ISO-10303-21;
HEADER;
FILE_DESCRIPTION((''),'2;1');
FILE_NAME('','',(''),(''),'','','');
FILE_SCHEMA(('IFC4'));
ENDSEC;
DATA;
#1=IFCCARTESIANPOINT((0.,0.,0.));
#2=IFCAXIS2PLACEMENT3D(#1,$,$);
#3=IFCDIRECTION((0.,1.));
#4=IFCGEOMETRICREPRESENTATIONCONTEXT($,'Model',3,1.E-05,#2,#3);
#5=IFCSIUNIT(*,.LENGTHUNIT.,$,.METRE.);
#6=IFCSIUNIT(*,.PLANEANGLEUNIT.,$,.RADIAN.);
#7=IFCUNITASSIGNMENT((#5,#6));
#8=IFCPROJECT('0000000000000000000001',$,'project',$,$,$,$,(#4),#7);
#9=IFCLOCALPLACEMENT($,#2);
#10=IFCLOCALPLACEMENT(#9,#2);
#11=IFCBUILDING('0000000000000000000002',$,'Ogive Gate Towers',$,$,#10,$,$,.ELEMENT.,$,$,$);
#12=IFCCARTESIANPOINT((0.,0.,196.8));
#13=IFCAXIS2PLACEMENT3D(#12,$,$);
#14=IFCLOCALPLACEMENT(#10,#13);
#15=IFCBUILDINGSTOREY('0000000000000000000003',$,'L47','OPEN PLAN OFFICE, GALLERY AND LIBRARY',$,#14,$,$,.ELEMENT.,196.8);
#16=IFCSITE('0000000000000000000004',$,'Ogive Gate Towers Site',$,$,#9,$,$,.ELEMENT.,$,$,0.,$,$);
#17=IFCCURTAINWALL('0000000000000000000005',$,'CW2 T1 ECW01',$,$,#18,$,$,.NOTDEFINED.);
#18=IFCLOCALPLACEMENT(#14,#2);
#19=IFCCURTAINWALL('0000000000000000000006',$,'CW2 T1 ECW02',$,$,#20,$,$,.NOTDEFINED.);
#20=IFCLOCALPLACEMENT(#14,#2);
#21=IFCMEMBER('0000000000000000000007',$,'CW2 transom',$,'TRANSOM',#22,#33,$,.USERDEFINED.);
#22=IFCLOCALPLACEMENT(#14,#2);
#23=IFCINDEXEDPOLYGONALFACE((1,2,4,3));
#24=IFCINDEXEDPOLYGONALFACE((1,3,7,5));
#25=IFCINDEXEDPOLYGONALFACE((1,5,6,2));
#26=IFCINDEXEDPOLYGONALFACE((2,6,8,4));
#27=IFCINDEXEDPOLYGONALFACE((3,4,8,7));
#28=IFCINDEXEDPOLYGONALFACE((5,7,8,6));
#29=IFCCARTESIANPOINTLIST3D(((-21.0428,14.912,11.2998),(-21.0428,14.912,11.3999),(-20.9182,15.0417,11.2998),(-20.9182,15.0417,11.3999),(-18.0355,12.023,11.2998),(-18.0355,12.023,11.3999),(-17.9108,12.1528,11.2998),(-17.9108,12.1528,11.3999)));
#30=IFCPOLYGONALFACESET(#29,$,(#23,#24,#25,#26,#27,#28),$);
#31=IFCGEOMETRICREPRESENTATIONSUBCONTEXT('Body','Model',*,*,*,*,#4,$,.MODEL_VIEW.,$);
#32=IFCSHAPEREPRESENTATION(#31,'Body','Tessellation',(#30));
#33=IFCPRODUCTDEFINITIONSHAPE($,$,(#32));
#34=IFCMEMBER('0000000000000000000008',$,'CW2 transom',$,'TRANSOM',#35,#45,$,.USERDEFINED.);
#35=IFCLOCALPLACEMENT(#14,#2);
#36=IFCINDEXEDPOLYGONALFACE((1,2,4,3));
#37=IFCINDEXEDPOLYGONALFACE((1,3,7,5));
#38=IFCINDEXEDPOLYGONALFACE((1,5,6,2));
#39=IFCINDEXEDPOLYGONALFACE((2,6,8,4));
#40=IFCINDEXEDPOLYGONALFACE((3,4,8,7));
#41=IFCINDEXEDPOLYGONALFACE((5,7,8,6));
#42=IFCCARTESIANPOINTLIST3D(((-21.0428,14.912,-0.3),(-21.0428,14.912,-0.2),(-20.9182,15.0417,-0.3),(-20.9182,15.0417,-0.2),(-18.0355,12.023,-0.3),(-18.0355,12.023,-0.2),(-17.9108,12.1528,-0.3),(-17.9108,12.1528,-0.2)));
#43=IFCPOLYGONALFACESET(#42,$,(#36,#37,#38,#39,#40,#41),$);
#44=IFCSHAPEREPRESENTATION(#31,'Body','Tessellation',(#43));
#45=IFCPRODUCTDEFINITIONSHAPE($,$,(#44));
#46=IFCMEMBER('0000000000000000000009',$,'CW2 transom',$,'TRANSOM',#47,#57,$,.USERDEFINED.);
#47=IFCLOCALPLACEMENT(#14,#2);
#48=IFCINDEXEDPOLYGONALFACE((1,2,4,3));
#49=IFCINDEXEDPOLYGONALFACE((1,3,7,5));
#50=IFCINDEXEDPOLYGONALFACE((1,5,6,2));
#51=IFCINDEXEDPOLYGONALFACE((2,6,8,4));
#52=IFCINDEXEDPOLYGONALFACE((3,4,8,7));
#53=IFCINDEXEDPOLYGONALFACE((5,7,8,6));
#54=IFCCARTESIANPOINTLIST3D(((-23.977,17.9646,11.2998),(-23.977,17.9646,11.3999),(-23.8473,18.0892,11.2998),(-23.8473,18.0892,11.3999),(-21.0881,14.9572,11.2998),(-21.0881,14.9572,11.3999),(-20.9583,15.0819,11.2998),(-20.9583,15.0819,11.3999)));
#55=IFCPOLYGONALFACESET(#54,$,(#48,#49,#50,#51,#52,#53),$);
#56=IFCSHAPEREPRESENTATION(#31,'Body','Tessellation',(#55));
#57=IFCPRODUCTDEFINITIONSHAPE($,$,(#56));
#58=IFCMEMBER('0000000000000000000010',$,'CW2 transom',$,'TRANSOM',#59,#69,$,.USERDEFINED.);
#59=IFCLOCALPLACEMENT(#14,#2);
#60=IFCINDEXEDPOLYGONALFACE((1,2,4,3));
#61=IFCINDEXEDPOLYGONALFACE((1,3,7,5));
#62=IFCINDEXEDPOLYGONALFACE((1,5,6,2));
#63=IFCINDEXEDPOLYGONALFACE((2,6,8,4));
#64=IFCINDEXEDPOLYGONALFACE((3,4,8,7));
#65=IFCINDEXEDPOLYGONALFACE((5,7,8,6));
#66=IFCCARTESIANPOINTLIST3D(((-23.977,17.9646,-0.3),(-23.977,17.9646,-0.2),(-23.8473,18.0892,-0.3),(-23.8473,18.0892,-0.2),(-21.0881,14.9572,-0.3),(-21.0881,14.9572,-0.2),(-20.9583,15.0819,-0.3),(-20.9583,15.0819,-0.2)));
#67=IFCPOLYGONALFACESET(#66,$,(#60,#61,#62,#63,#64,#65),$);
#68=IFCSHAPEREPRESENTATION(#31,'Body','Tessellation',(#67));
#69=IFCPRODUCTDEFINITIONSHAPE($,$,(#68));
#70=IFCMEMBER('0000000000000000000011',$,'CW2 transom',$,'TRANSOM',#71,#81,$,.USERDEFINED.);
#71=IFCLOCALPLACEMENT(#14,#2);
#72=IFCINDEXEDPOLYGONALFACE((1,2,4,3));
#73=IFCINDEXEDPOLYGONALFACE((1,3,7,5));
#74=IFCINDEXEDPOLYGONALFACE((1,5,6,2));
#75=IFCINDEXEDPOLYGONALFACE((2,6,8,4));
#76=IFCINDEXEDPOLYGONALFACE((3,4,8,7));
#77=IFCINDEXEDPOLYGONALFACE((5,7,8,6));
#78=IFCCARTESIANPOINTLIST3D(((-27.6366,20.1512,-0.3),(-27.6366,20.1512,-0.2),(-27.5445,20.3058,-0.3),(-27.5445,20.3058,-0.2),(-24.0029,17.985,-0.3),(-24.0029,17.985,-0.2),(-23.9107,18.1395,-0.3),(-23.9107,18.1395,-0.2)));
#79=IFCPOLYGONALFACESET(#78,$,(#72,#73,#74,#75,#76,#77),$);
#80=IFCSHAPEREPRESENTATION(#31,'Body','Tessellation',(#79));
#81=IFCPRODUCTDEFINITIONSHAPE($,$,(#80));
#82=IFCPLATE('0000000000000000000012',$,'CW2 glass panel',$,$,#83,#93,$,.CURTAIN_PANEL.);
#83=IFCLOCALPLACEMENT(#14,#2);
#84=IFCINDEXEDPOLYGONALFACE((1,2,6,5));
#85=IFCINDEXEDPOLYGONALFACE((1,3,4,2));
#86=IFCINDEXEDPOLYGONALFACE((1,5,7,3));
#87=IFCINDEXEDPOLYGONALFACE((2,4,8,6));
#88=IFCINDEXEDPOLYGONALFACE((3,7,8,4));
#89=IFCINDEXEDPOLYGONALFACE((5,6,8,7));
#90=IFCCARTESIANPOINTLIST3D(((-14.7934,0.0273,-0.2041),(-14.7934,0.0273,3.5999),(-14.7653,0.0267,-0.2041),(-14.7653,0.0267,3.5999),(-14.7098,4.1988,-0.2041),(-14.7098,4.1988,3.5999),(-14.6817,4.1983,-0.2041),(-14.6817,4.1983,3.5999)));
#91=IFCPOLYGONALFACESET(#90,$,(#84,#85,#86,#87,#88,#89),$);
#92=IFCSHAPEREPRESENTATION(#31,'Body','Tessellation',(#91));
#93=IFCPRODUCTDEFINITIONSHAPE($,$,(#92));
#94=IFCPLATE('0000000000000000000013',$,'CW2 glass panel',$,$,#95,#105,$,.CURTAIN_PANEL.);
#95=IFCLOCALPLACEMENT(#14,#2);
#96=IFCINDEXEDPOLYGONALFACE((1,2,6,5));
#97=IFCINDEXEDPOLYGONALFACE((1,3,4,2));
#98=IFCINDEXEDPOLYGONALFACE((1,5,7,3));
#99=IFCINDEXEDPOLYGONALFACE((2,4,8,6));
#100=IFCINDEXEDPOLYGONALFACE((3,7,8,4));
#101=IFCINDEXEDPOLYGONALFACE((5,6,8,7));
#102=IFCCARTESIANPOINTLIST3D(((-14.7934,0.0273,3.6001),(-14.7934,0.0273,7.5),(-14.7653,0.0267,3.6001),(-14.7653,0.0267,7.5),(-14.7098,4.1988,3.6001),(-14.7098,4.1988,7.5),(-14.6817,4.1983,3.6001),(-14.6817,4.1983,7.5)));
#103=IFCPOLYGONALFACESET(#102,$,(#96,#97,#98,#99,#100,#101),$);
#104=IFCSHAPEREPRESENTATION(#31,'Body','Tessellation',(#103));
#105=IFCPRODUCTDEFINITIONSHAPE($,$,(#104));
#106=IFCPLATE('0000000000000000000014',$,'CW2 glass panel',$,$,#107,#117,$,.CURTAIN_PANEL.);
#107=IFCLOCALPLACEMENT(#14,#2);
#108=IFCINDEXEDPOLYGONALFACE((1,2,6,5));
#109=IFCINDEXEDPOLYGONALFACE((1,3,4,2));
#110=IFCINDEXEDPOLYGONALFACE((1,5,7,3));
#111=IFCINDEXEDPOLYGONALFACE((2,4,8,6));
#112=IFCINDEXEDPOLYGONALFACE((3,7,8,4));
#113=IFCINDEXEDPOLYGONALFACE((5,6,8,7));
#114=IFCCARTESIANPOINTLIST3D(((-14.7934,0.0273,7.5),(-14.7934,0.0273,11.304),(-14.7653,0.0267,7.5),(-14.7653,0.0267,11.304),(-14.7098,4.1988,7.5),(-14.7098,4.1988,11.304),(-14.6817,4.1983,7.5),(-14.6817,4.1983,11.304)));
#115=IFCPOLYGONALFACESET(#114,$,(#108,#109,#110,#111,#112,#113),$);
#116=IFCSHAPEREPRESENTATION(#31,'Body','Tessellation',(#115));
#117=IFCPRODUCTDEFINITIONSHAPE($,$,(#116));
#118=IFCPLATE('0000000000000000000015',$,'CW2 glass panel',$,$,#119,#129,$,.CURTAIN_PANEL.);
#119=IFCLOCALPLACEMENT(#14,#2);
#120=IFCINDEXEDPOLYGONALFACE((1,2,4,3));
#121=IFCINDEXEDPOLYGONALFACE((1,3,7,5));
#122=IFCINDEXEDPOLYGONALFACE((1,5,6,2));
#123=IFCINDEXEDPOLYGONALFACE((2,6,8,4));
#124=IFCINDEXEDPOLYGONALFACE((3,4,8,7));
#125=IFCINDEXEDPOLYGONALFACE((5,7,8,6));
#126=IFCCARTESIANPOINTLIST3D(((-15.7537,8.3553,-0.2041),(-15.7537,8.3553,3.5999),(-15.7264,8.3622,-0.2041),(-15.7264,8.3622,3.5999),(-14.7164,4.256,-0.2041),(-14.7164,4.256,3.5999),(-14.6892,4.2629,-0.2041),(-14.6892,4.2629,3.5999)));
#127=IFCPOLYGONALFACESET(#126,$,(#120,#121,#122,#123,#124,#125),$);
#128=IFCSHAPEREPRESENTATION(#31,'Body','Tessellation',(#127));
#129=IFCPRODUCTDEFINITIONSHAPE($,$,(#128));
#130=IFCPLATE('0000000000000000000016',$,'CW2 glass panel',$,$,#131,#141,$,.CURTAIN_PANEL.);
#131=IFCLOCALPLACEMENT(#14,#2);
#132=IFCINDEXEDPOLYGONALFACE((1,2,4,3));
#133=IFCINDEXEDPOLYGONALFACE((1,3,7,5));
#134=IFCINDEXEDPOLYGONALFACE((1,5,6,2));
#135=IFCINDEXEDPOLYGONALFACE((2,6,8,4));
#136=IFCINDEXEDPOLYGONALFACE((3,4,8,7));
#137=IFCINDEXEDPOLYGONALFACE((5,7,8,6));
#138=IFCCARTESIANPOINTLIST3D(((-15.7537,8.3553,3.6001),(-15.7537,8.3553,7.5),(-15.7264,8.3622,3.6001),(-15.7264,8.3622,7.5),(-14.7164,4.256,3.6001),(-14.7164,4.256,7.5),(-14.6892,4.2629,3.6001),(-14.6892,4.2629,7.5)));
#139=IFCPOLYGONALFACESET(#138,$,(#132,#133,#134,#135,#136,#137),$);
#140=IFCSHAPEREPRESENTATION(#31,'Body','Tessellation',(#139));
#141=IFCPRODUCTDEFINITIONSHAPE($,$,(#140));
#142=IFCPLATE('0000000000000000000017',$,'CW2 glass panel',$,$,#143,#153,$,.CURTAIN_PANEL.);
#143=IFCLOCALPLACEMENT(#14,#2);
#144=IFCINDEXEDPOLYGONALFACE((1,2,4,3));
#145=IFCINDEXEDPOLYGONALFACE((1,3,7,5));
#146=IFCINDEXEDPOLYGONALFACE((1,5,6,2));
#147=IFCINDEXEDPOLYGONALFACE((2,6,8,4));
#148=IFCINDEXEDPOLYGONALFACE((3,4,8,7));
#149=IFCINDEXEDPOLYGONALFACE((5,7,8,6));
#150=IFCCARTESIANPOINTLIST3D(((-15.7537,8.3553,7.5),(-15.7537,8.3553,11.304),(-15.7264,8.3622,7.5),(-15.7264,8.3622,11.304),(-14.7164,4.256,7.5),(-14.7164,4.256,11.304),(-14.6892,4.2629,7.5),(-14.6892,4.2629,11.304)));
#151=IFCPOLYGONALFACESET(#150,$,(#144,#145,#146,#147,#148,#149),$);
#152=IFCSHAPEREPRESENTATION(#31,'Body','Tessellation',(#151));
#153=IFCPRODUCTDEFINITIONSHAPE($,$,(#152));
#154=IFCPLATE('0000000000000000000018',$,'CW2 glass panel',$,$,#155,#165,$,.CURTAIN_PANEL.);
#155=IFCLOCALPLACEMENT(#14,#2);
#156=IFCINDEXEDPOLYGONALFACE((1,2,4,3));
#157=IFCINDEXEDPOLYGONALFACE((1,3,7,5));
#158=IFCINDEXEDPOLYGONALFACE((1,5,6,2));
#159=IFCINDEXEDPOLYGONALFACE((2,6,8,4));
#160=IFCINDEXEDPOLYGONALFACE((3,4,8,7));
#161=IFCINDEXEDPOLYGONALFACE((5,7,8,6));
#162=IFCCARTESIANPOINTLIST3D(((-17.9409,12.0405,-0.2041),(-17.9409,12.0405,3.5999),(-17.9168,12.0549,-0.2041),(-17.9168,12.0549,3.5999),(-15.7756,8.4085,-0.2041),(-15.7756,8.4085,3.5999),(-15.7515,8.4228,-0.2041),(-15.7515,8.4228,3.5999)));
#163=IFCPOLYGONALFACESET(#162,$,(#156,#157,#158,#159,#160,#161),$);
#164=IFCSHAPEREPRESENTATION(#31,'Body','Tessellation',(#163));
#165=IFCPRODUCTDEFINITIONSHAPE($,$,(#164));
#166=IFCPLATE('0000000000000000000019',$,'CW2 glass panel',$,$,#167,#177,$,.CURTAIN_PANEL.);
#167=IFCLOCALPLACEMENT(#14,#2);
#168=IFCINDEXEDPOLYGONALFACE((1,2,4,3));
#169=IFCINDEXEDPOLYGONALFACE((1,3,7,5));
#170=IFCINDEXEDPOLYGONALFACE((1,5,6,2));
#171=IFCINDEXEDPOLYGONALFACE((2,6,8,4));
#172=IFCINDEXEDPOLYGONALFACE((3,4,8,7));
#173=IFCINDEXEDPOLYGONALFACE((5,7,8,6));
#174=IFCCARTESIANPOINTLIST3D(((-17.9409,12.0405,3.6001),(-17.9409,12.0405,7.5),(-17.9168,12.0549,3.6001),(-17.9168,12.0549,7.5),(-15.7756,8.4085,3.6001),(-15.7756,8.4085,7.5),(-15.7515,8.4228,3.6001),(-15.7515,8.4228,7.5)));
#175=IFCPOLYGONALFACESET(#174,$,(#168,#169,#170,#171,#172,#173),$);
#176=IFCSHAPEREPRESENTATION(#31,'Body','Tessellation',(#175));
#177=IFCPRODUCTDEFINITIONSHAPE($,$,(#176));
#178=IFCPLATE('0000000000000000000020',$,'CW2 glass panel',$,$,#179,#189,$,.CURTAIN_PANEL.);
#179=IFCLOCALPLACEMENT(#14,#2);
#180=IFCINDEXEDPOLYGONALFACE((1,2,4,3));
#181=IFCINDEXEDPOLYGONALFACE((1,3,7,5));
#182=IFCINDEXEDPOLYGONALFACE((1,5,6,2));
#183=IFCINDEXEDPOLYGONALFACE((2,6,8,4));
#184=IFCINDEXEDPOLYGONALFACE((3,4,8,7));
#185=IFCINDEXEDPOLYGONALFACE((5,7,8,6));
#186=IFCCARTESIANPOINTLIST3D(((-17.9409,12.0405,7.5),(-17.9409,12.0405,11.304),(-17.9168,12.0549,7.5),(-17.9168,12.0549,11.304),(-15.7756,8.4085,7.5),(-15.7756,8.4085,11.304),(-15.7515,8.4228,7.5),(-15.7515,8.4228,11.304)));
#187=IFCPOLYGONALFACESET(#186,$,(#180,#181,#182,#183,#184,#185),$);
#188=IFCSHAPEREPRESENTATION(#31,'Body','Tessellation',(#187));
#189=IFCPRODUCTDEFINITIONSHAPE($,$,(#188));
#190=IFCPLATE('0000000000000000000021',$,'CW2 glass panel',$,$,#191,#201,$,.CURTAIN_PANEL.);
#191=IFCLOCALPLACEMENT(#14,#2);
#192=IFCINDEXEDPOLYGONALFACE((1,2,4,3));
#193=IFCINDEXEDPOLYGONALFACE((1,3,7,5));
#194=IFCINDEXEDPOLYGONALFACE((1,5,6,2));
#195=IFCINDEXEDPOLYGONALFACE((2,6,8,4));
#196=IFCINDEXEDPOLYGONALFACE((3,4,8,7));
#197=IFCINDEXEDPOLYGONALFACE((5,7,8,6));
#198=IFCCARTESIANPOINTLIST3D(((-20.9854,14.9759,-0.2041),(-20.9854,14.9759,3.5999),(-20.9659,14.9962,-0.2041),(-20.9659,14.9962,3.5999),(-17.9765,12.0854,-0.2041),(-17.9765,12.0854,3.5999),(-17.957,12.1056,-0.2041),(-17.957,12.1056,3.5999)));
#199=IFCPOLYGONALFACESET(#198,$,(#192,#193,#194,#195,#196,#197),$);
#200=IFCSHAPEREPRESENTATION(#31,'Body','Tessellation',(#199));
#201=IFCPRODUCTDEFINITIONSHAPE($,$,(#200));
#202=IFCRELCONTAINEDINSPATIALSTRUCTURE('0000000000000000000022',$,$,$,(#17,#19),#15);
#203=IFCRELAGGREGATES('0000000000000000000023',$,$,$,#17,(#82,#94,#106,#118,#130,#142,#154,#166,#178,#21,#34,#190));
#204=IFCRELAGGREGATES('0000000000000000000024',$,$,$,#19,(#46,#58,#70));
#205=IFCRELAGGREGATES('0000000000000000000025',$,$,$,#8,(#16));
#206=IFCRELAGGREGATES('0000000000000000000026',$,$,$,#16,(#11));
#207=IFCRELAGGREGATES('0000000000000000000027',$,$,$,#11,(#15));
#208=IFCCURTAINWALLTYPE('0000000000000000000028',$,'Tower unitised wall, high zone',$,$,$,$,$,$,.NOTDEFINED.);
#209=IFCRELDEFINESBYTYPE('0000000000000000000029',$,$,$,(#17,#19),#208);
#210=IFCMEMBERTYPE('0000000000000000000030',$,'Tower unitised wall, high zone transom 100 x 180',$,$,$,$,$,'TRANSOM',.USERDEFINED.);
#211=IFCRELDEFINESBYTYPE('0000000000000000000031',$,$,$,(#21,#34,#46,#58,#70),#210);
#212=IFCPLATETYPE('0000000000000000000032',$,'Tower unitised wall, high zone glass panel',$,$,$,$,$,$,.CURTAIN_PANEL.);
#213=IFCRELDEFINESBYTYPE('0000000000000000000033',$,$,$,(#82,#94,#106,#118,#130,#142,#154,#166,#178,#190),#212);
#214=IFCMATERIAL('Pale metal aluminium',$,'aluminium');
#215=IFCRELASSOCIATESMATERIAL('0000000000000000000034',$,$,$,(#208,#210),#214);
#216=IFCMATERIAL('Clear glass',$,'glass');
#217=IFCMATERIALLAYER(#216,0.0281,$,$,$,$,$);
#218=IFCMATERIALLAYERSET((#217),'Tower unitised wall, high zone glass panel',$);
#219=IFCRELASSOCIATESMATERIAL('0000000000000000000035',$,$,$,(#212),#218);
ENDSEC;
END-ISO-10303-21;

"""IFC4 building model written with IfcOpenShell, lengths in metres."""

from ifc_helpers import new_model, si_unit, direction, frame, origin, origin_2d, place, context, subcontext, project, spatial, rectangle, extrude, material, layer, layer_set, material_profile, profile_set, type_object, element, aggregate, save


model = new_model("IFC4")

# Units and contexts
model_context = context("Model", 3, precision=1e-05, world=origin(), true_north=direction((0.0, 1.0)))
body_context = subcontext(model_context, "Body", "Model", "MODEL_VIEW")
ifc_project = project(units=[si_unit("LENGTHUNIT", "METRE"), si_unit("PLANEANGLEUNIT", "RADIAN")], contexts=[model_context])

# Site, building, storey
site_placement = place(None, origin())
site = spatial("IfcSite", under=ifc_project, at=site_placement, Name="Ogive Gate Towers Site", CompositionType="ELEMENT", RefElevation=0.0)
building_placement = place(site_placement, origin())
building = spatial("IfcBuilding", under=site, at=building_placement, Name="Ogive Gate Towers", CompositionType="ELEMENT")
storey_placement = place(building_placement, frame((0.0, 0.0, 196.8)))
storey = spatial("IfcBuildingStorey", under=building, at=storey_placement, Name="L47", Description="OPEN PLAN OFFICE, GALLERY AND LIBRARY", CompositionType="ELEMENT", Elevation=196.8)

# Curtain wall
ifc_material_1 = material(Name="Pale metal aluminium", Category="aluminium")
curtain_wall_type = type_object("IfcCurtainWallType", Name="Tower unitised wall, high zone", PredefinedType="NOTDEFINED", material=ifc_material_1)
curtain_wall_1_placement = place(storey_placement, origin())
curtain_wall_1 = element("IfcCurtainWall", 1, at=curtain_wall_1_placement, inside=storey, type_object=curtain_wall_type, Name="CW2 T1 ECW01", PredefinedType="NOTDEFINED")

# Curtain wall
curtain_wall_2_placement = place(storey_placement, origin())
curtain_wall_2 = element("IfcCurtainWall", 2, at=curtain_wall_2_placement, inside=storey, type_object=curtain_wall_type, Name="CW2 T1 ECW02", PredefinedType="NOTDEFINED")

# Members
ifc_material_profile_1 = material_profile(ifc_material_1, rectangle(XDim=0.1799, YDim=0.1001, at=origin_2d()), Name="100 x 180 aluminium box")
ifc_profile_set_1 = profile_set([ifc_material_profile_1], Name="Pale metal aluminium")
member_type_1 = type_object("IfcMemberType", Name="Tower unitised wall, high zone transom 100 x 180", ElementType="TRANSOM", PredefinedType="USERDEFINED", material=ifc_profile_set_1)
member_1_placement = place(storey_placement, frame((-17.9731, 12.0879, 11.3499), z_axis=(-0.721161, 0.692767, 0.0), x_axis=(-0.692767, -0.721161, 0.0)))
member_1 = element("IfcMember", 3, at=member_1_placement, type_object=member_type_1, Name="CW2 transom", ObjectType="TRANSOM", PredefinedType="USERDEFINED", context=body_context, shape_type="SweptSolid", body=[
    extrude(rectangle(XDim=0.1799, YDim=0.1001, at=origin_2d()), origin(), (0.0, 0.0, 1.0), 4.1702),
])
member_2_placement = place(storey_placement, frame((-17.9731, 12.0879, -0.25), z_axis=(-0.721161, 0.692767, 0.0), x_axis=(-0.692767, -0.721161, 0.0)))
member_2 = element("IfcMember", 4, at=member_2_placement, type_object=member_type_1, Name="CW2 transom", ObjectType="TRANSOM", PredefinedType="USERDEFINED", context=body_context, shape_type="SweptSolid", body=[
    extrude(rectangle(XDim=0.1799, YDim=0.1001, at=origin_2d()), origin(), (0.0, 0.0, 1.0), 4.1702),
])
member_3_placement = place(storey_placement, frame((-21.0232, 15.0195, 11.3499), z_axis=(-0.692767, 0.721161, 0.0), x_axis=(-0.721161, -0.692767, 0.0)))
member_3 = element("IfcMember", 5, at=member_3_placement, type_object=member_type_1, Name="CW2 transom", ObjectType="TRANSOM", PredefinedType="USERDEFINED", context=body_context, shape_type="SweptSolid", body=[
    extrude(rectangle(XDim=0.1799, YDim=0.1001, at=origin_2d()), origin(), (0.0, 0.0, 1.0), 4.1702),
])
member_4_placement = place(storey_placement, frame((-21.0232, 15.0195, -0.25), z_axis=(-0.692767, 0.721161, 0.0), x_axis=(-0.721161, -0.692767, 0.0)))
member_4 = element("IfcMember", 6, at=member_4_placement, type_object=member_type_1, Name="CW2 transom", ObjectType="TRANSOM", PredefinedType="USERDEFINED", context=body_context, shape_type="SweptSolid", body=[
    extrude(rectangle(XDim=0.1799, YDim=0.1001, at=origin_2d()), origin(), (0.0, 0.0, 1.0), 4.1702),
])
member_5_placement = place(storey_placement, frame((-23.9568, 18.0623, -0.25), z_axis=(-0.858951, 0.512058, 0.0), x_axis=(-0.512058, -0.858951, 0.0)))
member_5 = element("IfcMember", 7, at=member_5_placement, type_object=member_type_1, Name="CW2 transom", ObjectType="TRANSOM", PredefinedType="USERDEFINED", context=body_context, shape_type="SweptSolid", body=[
    extrude(rectangle(XDim=0.1799, YDim=0.1001, at=origin_2d()), origin(), (0.0, 0.0, 1.0), 4.2305),
])

# Plates
ifc_material_2 = material(Name="Clear glass", Category="glass")
ifc_layer_1 = layer(ifc_material_2, 0.0281)
ifc_layer_set_1 = layer_set([ifc_layer_1], Name="Tower unitised wall, high zone glass panel")
plate_type = type_object("IfcPlateType", Name="Tower unitised wall, high zone glass panel", PredefinedType="CURTAIN_PANEL", material=ifc_layer_set_1)
plate_1_placement = place(storey_placement, frame((-14.7375, 2.1128, -0.2041), z_axis=(0.0, 0.0, 1.0), x_axis=(0.020052, 0.999799, 0.0)))
plate_1 = element("IfcPlate", 8, at=plate_1_placement, type_object=plate_type, Name="CW2 glass panel", PredefinedType="CURTAIN_PANEL", context=body_context, shape_type="SweptSolid", body=[
    extrude(rectangle(XDim=4.1724, YDim=0.0281, at=origin_2d()), origin(), (0.0, 0.0, 1.0), 3.804),
])
plate_2_placement = place(storey_placement, frame((-14.7375, 2.1128, 3.6001), z_axis=(0.0, 0.0, 1.0), x_axis=(0.020052, 0.999799, 0.0)))
plate_2 = element("IfcPlate", 9, at=plate_2_placement, type_object=plate_type, Name="CW2 glass panel", PredefinedType="CURTAIN_PANEL", context=body_context, shape_type="SweptSolid", body=[
    extrude(rectangle(XDim=4.1724, YDim=0.0281, at=origin_2d()), origin(), (0.0, 0.0, 1.0), 3.8999),
])
plate_3_placement = place(storey_placement, frame((-14.7375, 2.1128, 7.5), z_axis=(0.0, 0.0, 1.0), x_axis=(0.020052, 0.999799, 0.0)))
plate_3 = element("IfcPlate", 10, at=plate_3_placement, type_object=plate_type, Name="CW2 glass panel", PredefinedType="CURTAIN_PANEL", context=body_context, shape_type="SweptSolid", body=[
    extrude(rectangle(XDim=4.1724, YDim=0.0281, at=origin_2d()), origin(), (0.0, 0.0, 1.0), 3.804),
])
plate_4_placement = place(storey_placement, frame((-15.2214, 6.3091, -0.2041), z_axis=(0.0, 0.0, 1.0), x_axis=(-0.24529, 0.96945, 0.0)))
plate_4 = element("IfcPlate", 11, at=plate_4_placement, type_object=plate_type, Name="CW2 glass panel", PredefinedType="CURTAIN_PANEL", context=body_context, shape_type="SweptSolid", body=[
    extrude(rectangle(XDim=4.2285, YDim=0.0281, at=origin_2d()), origin(), (0.0, 0.0, 1.0), 3.804),
])
plate_5_placement = place(storey_placement, frame((-15.2214, 6.3091, 3.6001), z_axis=(0.0, 0.0, 1.0), x_axis=(-0.24529, 0.96945, 0.0)))
plate_5 = element("IfcPlate", 12, at=plate_5_placement, type_object=plate_type, Name="CW2 glass panel", PredefinedType="CURTAIN_PANEL", context=body_context, shape_type="SweptSolid", body=[
    extrude(rectangle(XDim=4.2285, YDim=0.0281, at=origin_2d()), origin(), (0.0, 0.0, 1.0), 3.8999),
])
plate_6_placement = place(storey_placement, frame((-15.2214, 6.3091, 7.5), z_axis=(0.0, 0.0, 1.0), x_axis=(-0.24529, 0.96945, 0.0)))
plate_6 = element("IfcPlate", 13, at=plate_6_placement, type_object=plate_type, Name="CW2 glass panel", PredefinedType="CURTAIN_PANEL", context=body_context, shape_type="SweptSolid", body=[
    extrude(rectangle(XDim=4.2285, YDim=0.0281, at=origin_2d()), origin(), (0.0, 0.0, 1.0), 3.804),
])
plate_7_placement = place(storey_placement, frame((-16.8462, 10.2317, -0.2041), z_axis=(0.0, 0.0, 1.0), x_axis=(-0.512058, 0.858951, 0.0)))
plate_7 = element("IfcPlate", 14, at=plate_7_placement, type_object=plate_type, Name="CW2 glass panel", PredefinedType="CURTAIN_PANEL", context=body_context, shape_type="SweptSolid", body=[
    extrude(rectangle(XDim=4.2285, YDim=0.0281, at=origin_2d()), origin(), (0.0, 0.0, 1.0), 3.804),
])
plate_8_placement = place(storey_placement, frame((-16.8462, 10.2317, 3.6001), z_axis=(0.0, 0.0, 1.0), x_axis=(-0.512058, 0.858951, 0.0)))
plate_8 = element("IfcPlate", 15, at=plate_8_placement, type_object=plate_type, Name="CW2 glass panel", PredefinedType="CURTAIN_PANEL", context=body_context, shape_type="SweptSolid", body=[
    extrude(rectangle(XDim=4.2285, YDim=0.0281, at=origin_2d()), origin(), (0.0, 0.0, 1.0), 3.8999),
])
plate_9_placement = place(storey_placement, frame((-16.8462, 10.2317, 7.5), z_axis=(0.0, 0.0, 1.0), x_axis=(-0.512058, 0.858951, 0.0)))
plate_9 = element("IfcPlate", 16, at=plate_9_placement, type_object=plate_type, Name="CW2 glass panel", PredefinedType="CURTAIN_PANEL", context=body_context, shape_type="SweptSolid", body=[
    extrude(rectangle(XDim=4.2285, YDim=0.0281, at=origin_2d()), origin(), (0.0, 0.0, 1.0), 3.804),
])
plate_10_placement = place(storey_placement, frame((-19.4712, 13.5408, -0.2041), z_axis=(0.0, 0.0, 1.0), x_axis=(-0.721144, 0.692785, 0.0)))
plate_10 = element("IfcPlate", 17, at=plate_10_placement, type_object=plate_type, Name="CW2 glass panel", PredefinedType="CURTAIN_PANEL", context=body_context, shape_type="SweptSolid", body=[
    extrude(rectangle(XDim=4.1724, YDim=0.0281, at=origin_2d()), origin(), (0.0, 0.0, 1.0), 3.804),
])
aggregate(curtain_wall_1, [plate_1, plate_2, plate_3, plate_4, plate_5, plate_6, plate_7, plate_8, plate_9, member_1, member_2, plate_10])
aggregate(curtain_wall_2, [member_3, member_4, member_5])

save(model, "model.ifc")
